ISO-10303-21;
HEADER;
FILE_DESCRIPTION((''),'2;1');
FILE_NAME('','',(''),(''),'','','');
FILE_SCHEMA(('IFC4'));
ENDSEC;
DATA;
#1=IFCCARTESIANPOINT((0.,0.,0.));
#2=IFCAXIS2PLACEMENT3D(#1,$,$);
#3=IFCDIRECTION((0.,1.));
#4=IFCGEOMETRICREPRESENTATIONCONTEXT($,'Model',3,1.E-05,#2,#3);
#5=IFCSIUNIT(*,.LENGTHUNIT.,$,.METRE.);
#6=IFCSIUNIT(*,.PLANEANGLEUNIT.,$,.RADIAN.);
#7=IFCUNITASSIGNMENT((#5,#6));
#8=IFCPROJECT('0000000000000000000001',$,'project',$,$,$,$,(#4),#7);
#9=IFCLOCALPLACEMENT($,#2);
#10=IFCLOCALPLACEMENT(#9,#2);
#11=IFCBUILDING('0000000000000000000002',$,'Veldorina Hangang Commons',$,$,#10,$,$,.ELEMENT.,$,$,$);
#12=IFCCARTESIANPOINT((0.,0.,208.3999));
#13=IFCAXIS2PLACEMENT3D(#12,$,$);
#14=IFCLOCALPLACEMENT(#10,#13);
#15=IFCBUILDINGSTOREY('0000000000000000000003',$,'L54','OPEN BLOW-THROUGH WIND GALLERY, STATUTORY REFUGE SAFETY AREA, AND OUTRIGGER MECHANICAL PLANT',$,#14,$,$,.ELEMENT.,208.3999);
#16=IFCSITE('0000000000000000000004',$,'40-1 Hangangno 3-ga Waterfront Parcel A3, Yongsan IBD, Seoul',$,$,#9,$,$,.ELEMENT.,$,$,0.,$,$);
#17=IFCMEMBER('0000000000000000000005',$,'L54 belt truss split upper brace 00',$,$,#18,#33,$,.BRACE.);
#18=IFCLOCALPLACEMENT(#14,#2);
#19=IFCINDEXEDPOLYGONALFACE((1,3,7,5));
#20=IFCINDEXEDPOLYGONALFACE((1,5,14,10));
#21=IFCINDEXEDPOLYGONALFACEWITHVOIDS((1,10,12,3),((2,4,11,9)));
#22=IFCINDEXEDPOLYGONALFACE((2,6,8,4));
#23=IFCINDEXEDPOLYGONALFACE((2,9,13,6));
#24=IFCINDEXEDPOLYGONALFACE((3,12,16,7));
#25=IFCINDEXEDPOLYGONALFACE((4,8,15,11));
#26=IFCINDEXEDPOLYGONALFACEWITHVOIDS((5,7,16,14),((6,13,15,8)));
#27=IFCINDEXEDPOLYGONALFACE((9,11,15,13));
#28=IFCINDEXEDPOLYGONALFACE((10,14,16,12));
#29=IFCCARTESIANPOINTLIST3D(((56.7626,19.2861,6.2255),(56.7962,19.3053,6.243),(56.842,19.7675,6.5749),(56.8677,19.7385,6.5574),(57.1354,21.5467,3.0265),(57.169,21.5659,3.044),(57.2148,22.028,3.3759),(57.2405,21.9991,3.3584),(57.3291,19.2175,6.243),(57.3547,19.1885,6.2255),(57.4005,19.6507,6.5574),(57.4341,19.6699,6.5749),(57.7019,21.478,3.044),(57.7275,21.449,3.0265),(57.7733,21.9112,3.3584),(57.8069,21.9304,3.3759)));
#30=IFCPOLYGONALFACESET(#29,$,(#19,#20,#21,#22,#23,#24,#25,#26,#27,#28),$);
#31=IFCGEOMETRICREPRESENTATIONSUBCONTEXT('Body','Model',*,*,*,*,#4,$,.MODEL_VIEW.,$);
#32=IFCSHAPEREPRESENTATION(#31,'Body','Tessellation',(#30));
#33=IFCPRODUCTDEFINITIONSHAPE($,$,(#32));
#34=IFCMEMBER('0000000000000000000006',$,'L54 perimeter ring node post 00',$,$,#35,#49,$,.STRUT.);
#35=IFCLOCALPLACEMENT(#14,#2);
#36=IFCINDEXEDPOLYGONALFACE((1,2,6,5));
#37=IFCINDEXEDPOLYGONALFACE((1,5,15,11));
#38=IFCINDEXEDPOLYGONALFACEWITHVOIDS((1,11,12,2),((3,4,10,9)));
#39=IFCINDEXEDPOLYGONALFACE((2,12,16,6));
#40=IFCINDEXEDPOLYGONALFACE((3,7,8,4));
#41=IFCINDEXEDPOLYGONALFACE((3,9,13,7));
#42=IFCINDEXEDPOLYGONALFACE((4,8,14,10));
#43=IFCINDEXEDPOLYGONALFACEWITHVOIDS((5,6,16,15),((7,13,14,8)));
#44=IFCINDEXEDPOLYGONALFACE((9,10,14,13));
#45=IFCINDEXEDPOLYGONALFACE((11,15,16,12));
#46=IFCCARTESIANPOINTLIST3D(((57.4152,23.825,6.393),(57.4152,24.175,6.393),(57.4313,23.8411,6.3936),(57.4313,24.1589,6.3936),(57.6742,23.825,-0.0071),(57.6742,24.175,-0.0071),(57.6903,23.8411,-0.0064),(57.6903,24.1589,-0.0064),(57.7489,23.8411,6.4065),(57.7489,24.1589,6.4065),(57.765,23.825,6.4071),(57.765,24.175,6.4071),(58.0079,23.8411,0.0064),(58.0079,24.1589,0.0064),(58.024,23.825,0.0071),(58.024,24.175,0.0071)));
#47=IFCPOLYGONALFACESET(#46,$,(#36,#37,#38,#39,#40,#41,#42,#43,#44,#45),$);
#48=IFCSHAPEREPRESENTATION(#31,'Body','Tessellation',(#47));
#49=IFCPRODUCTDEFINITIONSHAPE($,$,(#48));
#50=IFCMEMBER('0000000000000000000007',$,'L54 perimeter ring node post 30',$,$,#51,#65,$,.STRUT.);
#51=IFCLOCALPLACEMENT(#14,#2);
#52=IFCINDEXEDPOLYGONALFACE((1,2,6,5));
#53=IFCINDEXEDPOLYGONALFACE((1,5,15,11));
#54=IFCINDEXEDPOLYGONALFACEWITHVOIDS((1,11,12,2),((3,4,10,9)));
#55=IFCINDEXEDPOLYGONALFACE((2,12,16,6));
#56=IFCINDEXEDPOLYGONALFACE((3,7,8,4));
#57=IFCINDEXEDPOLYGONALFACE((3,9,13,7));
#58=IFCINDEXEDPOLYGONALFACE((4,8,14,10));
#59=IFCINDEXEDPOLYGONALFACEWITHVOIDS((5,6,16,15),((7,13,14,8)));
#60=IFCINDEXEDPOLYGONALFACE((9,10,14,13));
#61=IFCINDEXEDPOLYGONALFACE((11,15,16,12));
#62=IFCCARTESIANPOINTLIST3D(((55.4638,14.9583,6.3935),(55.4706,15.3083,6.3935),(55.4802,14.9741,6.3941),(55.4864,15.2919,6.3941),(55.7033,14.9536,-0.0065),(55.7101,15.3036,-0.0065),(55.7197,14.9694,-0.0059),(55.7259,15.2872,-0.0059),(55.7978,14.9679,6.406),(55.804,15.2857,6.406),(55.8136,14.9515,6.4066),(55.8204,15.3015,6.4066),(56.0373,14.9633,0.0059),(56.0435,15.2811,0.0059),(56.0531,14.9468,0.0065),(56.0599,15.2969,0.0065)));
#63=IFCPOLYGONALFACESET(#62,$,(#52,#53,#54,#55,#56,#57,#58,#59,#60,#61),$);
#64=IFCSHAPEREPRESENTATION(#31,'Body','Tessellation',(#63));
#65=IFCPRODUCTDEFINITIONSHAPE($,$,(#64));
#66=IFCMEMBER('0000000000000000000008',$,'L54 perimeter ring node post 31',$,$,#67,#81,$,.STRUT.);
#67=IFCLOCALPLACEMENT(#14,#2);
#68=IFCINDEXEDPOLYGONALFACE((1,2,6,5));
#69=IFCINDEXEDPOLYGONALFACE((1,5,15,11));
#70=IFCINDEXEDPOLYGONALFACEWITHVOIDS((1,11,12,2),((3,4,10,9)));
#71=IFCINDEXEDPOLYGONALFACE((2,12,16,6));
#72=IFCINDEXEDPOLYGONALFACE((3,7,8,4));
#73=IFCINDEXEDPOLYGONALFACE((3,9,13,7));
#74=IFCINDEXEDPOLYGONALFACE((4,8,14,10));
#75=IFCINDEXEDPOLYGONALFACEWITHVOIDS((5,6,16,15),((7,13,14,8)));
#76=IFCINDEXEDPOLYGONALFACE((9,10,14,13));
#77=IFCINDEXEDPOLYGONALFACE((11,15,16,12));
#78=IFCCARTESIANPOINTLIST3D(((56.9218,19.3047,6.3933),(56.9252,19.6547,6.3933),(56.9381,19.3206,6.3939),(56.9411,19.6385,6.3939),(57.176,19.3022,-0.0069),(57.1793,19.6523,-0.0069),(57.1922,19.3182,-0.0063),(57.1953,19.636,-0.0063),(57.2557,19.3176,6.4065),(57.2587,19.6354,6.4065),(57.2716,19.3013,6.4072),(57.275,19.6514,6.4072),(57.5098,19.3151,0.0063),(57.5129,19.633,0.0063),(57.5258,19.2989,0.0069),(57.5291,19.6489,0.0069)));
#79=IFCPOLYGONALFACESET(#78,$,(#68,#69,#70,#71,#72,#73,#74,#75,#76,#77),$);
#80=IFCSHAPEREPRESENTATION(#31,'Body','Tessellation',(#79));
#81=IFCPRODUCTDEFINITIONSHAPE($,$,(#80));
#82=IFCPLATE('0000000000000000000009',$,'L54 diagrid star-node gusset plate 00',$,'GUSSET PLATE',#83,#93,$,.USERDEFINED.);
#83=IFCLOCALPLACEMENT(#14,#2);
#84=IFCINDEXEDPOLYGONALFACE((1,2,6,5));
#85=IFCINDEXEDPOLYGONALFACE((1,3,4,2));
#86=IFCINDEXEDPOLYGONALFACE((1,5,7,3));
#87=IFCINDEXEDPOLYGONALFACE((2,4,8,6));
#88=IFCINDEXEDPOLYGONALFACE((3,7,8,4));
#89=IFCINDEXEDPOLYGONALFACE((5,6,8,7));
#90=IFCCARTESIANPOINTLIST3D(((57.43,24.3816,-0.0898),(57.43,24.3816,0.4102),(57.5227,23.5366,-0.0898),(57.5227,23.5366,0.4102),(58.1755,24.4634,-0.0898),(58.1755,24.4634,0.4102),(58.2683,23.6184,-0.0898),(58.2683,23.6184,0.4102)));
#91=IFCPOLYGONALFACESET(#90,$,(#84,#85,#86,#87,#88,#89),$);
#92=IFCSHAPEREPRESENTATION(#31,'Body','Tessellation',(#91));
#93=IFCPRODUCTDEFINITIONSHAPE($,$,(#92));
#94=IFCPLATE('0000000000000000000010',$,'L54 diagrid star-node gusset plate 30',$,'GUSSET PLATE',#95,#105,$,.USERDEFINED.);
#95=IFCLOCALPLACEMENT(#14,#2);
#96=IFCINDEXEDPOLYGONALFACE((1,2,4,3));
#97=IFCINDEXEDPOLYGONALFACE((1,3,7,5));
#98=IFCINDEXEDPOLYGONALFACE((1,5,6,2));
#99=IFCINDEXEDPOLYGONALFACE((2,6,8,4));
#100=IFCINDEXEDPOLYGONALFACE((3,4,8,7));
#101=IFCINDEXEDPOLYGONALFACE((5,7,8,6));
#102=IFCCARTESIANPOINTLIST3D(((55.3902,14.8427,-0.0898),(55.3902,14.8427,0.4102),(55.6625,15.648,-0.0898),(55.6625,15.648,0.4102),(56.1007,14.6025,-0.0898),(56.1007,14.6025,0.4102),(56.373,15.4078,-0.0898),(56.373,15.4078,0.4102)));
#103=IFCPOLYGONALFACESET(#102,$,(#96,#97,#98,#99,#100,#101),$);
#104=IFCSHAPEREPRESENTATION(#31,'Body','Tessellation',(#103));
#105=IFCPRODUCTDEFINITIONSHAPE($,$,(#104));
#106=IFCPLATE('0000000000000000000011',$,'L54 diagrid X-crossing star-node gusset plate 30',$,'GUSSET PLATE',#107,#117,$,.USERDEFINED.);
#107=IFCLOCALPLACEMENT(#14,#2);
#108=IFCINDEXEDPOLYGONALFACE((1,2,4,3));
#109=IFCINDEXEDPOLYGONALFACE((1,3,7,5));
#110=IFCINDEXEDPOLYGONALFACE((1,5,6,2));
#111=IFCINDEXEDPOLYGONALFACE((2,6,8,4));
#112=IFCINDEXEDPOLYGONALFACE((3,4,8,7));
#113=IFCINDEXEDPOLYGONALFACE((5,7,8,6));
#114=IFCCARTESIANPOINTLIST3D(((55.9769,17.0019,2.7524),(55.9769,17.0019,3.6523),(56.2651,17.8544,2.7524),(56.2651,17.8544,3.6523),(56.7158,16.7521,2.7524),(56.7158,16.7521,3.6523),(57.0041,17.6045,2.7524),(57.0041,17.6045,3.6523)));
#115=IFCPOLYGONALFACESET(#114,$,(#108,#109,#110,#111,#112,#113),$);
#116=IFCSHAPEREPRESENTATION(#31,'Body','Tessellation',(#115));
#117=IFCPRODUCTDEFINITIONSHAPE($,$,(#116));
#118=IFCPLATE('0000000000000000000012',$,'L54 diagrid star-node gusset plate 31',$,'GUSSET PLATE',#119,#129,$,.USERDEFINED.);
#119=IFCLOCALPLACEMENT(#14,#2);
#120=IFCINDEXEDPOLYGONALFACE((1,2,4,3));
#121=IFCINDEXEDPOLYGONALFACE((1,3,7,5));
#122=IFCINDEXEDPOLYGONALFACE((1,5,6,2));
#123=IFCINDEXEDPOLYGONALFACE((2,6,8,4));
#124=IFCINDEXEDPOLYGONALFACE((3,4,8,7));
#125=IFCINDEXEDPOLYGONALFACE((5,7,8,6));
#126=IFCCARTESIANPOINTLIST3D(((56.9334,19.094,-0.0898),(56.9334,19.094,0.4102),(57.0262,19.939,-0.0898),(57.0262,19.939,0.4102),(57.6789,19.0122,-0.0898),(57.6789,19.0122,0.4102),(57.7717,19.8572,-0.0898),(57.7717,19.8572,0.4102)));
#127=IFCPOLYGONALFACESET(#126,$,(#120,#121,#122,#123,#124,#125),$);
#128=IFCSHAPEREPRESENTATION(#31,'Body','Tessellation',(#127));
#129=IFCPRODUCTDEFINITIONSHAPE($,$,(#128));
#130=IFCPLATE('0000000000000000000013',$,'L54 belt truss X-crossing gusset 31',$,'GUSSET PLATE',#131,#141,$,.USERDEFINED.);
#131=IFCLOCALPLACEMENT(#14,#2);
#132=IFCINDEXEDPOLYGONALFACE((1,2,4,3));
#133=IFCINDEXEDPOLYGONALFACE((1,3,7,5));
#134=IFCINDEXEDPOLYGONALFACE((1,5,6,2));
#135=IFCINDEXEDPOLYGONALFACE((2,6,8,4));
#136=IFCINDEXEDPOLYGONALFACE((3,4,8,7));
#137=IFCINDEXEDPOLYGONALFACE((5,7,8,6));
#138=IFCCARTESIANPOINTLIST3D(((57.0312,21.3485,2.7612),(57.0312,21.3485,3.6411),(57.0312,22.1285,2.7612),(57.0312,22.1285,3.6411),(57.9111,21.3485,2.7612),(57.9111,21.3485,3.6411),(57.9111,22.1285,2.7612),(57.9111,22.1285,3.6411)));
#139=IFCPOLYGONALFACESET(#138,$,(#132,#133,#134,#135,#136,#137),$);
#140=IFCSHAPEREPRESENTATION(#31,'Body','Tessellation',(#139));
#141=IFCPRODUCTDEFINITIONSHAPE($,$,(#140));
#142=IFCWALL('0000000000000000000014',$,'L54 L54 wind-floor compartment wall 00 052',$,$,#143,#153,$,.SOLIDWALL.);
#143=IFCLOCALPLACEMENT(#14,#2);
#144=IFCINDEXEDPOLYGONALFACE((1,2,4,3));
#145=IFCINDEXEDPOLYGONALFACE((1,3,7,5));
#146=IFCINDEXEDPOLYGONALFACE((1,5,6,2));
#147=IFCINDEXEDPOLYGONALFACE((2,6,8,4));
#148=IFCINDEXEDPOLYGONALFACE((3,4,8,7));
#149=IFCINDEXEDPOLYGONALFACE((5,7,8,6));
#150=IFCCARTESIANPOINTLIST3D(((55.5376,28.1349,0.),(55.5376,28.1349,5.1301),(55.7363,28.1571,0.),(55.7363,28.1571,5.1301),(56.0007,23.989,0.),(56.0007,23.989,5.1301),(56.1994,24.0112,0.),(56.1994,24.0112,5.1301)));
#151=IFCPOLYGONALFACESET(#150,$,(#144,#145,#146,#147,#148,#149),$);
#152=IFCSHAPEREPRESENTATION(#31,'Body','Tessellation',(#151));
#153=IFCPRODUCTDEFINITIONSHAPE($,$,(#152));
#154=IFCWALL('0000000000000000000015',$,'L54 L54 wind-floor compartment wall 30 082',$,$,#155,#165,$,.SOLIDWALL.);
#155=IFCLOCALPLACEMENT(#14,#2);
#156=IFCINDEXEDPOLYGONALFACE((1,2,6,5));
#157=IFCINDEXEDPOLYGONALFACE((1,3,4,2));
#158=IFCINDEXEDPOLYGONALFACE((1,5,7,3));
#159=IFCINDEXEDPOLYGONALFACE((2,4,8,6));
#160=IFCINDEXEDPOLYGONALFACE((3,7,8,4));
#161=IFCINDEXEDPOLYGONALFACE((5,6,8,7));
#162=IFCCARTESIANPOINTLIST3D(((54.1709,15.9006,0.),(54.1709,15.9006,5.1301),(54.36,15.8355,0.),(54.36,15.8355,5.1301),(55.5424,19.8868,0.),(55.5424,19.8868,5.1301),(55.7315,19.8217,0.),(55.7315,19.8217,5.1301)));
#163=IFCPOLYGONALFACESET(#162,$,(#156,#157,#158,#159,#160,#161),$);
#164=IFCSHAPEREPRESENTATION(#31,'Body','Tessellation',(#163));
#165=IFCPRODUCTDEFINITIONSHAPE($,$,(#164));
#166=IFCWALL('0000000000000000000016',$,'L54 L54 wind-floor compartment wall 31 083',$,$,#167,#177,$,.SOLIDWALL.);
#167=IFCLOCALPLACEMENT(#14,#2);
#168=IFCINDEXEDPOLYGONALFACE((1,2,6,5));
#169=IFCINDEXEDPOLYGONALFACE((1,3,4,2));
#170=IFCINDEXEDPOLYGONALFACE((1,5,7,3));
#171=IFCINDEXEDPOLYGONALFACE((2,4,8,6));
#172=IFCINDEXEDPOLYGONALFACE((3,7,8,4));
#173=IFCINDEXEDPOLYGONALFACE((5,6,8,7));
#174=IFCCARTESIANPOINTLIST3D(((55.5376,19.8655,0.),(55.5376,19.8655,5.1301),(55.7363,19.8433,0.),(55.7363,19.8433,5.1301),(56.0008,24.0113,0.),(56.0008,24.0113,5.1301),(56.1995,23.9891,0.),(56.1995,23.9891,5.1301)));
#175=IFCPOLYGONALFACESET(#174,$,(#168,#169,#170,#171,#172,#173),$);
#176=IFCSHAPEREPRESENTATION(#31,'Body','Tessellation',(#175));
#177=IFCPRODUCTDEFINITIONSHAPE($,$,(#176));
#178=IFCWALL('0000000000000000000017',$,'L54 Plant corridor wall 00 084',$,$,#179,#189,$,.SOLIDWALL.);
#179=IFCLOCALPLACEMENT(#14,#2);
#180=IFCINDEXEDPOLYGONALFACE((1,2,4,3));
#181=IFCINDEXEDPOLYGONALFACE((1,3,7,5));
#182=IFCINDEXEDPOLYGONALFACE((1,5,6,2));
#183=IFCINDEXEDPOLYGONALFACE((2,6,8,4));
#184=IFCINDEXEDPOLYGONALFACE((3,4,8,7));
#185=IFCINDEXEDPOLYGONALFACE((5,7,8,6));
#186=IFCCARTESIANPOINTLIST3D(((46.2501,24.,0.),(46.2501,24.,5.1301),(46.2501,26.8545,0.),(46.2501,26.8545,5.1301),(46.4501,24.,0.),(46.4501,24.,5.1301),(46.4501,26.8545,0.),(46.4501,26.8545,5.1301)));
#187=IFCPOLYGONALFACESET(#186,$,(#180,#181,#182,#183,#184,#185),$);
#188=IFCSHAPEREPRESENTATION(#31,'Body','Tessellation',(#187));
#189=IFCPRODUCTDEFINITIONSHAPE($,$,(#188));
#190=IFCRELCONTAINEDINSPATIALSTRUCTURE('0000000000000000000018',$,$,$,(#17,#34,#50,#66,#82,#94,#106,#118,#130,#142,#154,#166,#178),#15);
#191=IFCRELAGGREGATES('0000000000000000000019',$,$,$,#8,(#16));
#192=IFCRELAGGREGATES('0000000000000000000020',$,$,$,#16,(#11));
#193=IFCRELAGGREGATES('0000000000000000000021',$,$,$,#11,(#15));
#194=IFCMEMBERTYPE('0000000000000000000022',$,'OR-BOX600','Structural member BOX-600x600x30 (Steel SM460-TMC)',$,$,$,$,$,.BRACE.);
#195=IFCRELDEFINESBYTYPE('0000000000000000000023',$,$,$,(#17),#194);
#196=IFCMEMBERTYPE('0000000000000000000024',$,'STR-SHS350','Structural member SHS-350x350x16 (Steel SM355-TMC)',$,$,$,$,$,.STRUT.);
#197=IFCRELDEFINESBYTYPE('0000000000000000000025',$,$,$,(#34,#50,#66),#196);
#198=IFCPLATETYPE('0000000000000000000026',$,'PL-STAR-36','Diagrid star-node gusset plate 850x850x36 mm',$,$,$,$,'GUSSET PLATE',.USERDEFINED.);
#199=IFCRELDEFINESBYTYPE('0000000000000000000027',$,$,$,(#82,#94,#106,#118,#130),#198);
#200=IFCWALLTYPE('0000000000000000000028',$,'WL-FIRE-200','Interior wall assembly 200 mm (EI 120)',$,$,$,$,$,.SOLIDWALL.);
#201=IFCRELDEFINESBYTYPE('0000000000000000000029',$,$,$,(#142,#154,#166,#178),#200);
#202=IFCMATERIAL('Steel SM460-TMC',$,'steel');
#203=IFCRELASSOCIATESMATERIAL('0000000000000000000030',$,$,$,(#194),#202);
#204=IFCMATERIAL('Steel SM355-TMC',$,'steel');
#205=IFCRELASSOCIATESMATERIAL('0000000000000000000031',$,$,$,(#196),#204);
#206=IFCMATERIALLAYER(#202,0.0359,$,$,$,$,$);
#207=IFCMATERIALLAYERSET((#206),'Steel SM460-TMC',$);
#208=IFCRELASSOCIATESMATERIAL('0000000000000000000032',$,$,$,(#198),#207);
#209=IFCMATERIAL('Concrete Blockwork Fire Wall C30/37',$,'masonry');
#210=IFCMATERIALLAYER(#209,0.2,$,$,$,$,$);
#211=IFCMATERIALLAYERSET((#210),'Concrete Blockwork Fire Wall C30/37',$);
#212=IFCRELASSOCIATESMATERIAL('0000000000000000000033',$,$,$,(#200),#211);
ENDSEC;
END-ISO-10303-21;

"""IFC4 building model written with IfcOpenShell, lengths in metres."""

from ifc_helpers import new_model, si_unit, direction, frame, frame_2d, origin, origin_2d, place, context, subcontext, project, spatial, rectangle, hollow_rectangle, extrude, material, layer, layer_set, material_profile, profile_set, type_object, element, save


model = new_model("IFC4")

# Units and contexts
model_context = context("Model", 3, precision=1e-05, world=origin(), true_north=direction((0.0, 1.0)))
body_context = subcontext(model_context, "Body", "Model", "MODEL_VIEW")
ifc_project = project(units=[si_unit("LENGTHUNIT", "METRE"), si_unit("PLANEANGLEUNIT", "RADIAN")], contexts=[model_context])

# Site, building, storey
site_placement = place(None, origin())
site = spatial("IfcSite", under=ifc_project, at=site_placement, Name="40-1 Hangangno 3-ga Waterfront Parcel A3, Yongsan IBD, Seoul", CompositionType="ELEMENT", RefElevation=0.0)
building_placement = place(site_placement, origin())
building = spatial("IfcBuilding", under=site, at=building_placement, Name="Veldorina Hangang Commons", CompositionType="ELEMENT")
storey_placement = place(building_placement, frame((0.0, 0.0, 208.3999)))
storey = spatial("IfcBuildingStorey", under=building, at=storey_placement, Name="L54", Description="OPEN BLOW-THROUGH WIND GALLERY, STATUTORY REFUGE SAFETY AREA, AND OUTRIGGER MECHANICAL PLANT", CompositionType="ELEMENT", Elevation=208.3999)

# Shared definitions
ifc_material_1 = material(Name="Steel SM460-TMC", Category="steel")
ifc_material_2 = material(Name="Steel SM355-TMC", Category="steel")

# Members
ifc_material_profile_1 = material_profile(ifc_material_1, hollow_rectangle(XDim=0.6001, YDim=0.6001, WallThickness=0.03, at=origin_2d()), Name="BOX-600x600x30")
ifc_profile_set_1 = profile_set([ifc_material_profile_1], Name="Steel SM460-TMC")
member_type_1 = type_object("IfcMemberType", Name="OR-BOX600", Description="Structural member BOX-600x600x30 (Steel SM460-TMC)", PredefinedType="BRACE", material=ifc_profile_set_1)
member_1_placement = place(storey_placement, frame((57.4712, 21.7385, 3.2012), z_axis=(-0.094746, -0.574496, 0.813005), x_axis=(0.986672, -0.162723, 0.0)))
element("IfcMember", 1, at=member_1_placement, inside=storey, type_object=member_type_1, Name="L54 belt truss split upper brace 00", PredefinedType="BRACE", context=body_context, shape_type="SweptSolid", body=[
    extrude(hollow_rectangle(XDim=0.6001, YDim=0.6001, WallThickness=0.03, at=origin_2d()), origin(), (0.0, 0.0, 1.0), 3.9348),
])
ifc_material_profile_2 = material_profile(ifc_material_2, hollow_rectangle(XDim=0.3501, YDim=0.3501, WallThickness=0.0161, at=origin_2d()), Name="SHS-350x350x16")
ifc_profile_set_2 = profile_set([ifc_material_profile_2], Name="Steel SM355-TMC")
member_type_2 = type_object("IfcMemberType", Name="STR-SHS350", Description="Structural member SHS-350x350x16 (Steel SM355-TMC)", PredefinedType="STRUT", material=ifc_profile_set_2)
member_2_placement = place(storey_placement, frame((57.8491, 24.0, 0.0), z_axis=(-0.04044, 0.0, 0.999182), x_axis=(0.0, -1.0, 0.0)))
element("IfcMember", 2, at=member_2_placement, inside=storey, type_object=member_type_2, Name="L54 perimeter ring node post 00", PredefinedType="STRUT", context=body_context, shape_type="SweptSolid", body=[
    extrude(hollow_rectangle(XDim=0.3501, YDim=0.3501, WallThickness=0.0161, at=origin_2d()), origin(), (0.0, 0.0, 1.0), 6.4053),
])
member_3_placement = place(storey_placement, frame((55.8816, 15.1252, 0.0), z_axis=(-0.037395, 0.000724, 0.9993), x_axis=(-0.019364, -0.999812, 0.0)))
element("IfcMember", 3, at=member_3_placement, inside=storey, type_object=member_type_2, Name="L54 perimeter ring node post 30", PredefinedType="STRUT", context=body_context, shape_type="SweptSolid", body=[
    extrude(hollow_rectangle(XDim=0.3501, YDim=0.3501, WallThickness=0.0161, at=origin_2d()), origin(), (0.0, 0.0, 1.0), 6.4045),
])
member_4_placement = place(storey_placement, frame((57.3525, 19.4756, 0.0), z_axis=(-0.039679, 0.000381, 0.999212), x_axis=(-0.009606, -0.999954, 0.0)))
element("IfcMember", 4, at=member_4_placement, inside=storey, type_object=member_type_2, Name="L54 perimeter ring node post 31", PredefinedType="STRUT", context=body_context, shape_type="SweptSolid", body=[
    extrude(hollow_rectangle(XDim=0.3501, YDim=0.3501, WallThickness=0.0161, at=origin_2d()), origin(), (0.0, 0.0, 1.0), 6.4053),
])

# Plates
ifc_layer_1 = layer(ifc_material_1, 0.0359)
ifc_layer_set_1 = layer_set([ifc_layer_1], Name="Steel SM460-TMC")
plate_type = type_object("IfcPlateType", Name="PL-STAR-36", Description="Diagrid star-node gusset plate 850x850x36 mm", ElementType="GUSSET PLATE", PredefinedType="USERDEFINED", material=ifc_layer_set_1)
for number, where, z_axis, x_axis, name in (
    (5, (57.8491, 24.0, -0.0898), (0.0, 0.0, 1.0), (-0.109127, 0.994028, 0.0), "L54 diagrid star-node gusset plate 00"),
    (6, (55.8816, 15.1252, -0.0898), (0.0, 0.0, 1.0), (0.320315, 0.947311, 0.0), "L54 diagrid star-node gusset plate 30"),
):
    element("IfcPlate", number, at=place(storey_placement, frame(where, z_axis=z_axis, x_axis=x_axis)), inside=storey, type_object=plate_type, Name=name, ObjectType="GUSSET PLATE", PredefinedType="USERDEFINED", context=body_context, shape_type="SweptSolid", body=[
        extrude(rectangle(XDim=0.8501, YDim=0.75, at=origin_2d()), origin(), (0.0, 0.0, 1.0), 0.5),
    ])
plate_1_placement = place(storey_placement, frame((56.4905, 17.3032, 2.7524), z_axis=(0.0, 0.0, 1.0), x_axis=(0.320315, 0.947311, 0.0)))
element("IfcPlate", 7, at=plate_1_placement, inside=storey, type_object=plate_type, Name="L54 diagrid X-crossing star-node gusset plate 30", ObjectType="GUSSET PLATE", PredefinedType="USERDEFINED", context=body_context, shape_type="SweptSolid", body=[
    extrude(rectangle(XDim=0.8999, YDim=0.78, at=origin_2d()), origin(), (0.0, 0.0, 1.0), 0.8999),
])
plate_2_placement = place(storey_placement, frame((57.3525, 19.4756, -0.0898), z_axis=(0.0, 0.0, 1.0), x_axis=(0.109127, 0.994028, 0.0)))
element("IfcPlate", 8, at=plate_2_placement, inside=storey, type_object=plate_type, Name="L54 diagrid star-node gusset plate 31", ObjectType="GUSSET PLATE", PredefinedType="USERDEFINED", context=body_context, shape_type="SweptSolid", body=[
    extrude(rectangle(XDim=0.8501, YDim=0.75, at=origin_2d()), origin(), (0.0, 0.0, 1.0), 0.5),
])
plate_3_placement = place(storey_placement, frame((57.4712, 21.7385, 2.7612), z_axis=(0.0, 0.0, 1.0), x_axis=(1.0, 0.0, 0.0)))
element("IfcPlate", 9, at=plate_3_placement, inside=storey, type_object=plate_type, Name="L54 belt truss X-crossing gusset 31", ObjectType="GUSSET PLATE", PredefinedType="USERDEFINED", context=body_context, shape_type="SweptSolid", body=[
    extrude(rectangle(XDim=0.8799, YDim=0.78, at=origin_2d()), origin(), (0.0, 0.0, 1.0), 0.8799),
])

# Walls
ifc_material_3 = material(Name="Concrete Blockwork Fire Wall C30/37", Category="masonry")
ifc_layer_2 = layer(ifc_material_3, 0.2)
ifc_layer_set_2 = layer_set([ifc_layer_2], Name="Concrete Blockwork Fire Wall C30/37")
wall_type = type_object("IfcWallType", Name="WL-FIRE-200", Description="Interior wall assembly 200 mm (EI 120)", PredefinedType="SOLIDWALL", material=ifc_layer_set_2)
wall_1_placement = place(storey_placement, frame((56.1001, 24.0, 0.0), z_axis=(0.0, 0.0, 1.0), x_axis=(-0.111022, 0.993818, 0.0)))
element("IfcWall", 10, at=wall_1_placement, inside=storey, type_object=wall_type, Name="L54 L54 wind-floor compartment wall 00 052", PredefinedType="SOLIDWALL", context=body_context, shape_type="SweptSolid", body=[
    extrude(rectangle(XDim=4.1716, YDim=0.2, at=frame_2d((2.0859, 0.0))), origin(), (0.0, 0.0, 1.0), 5.1301),
])
wall_2_placement = place(storey_placement, frame((54.2654, 15.8679, 0.0), z_axis=(0.0, 0.0, 1.0), x_axis=(0.325352, 0.945593, 0.0)))
element("IfcWall", 11, at=wall_2_placement, inside=storey, type_object=wall_type, Name="L54 L54 wind-floor compartment wall 30 082", PredefinedType="SOLIDWALL", context=body_context, shape_type="SweptSolid", body=[
    extrude(rectangle(XDim=4.2156, YDim=0.2, at=frame_2d((2.1079, 0.0))), origin(), (0.0, 0.0, 1.0), 5.1301),
])
wall_3_placement = place(storey_placement, frame((55.637, 19.8542, 0.0), z_axis=(0.0, 0.0, 1.0), x_axis=(0.111022, 0.993818, 0.0)))
element("IfcWall", 12, at=wall_3_placement, inside=storey, type_object=wall_type, Name="L54 L54 wind-floor compartment wall 31 083", PredefinedType="SOLIDWALL", context=body_context, shape_type="SweptSolid", body=[
    extrude(rectangle(XDim=4.1716, YDim=0.2, at=frame_2d((2.0859, 0.0))), origin(), (0.0, 0.0, 1.0), 5.1301),
])
wall_4_placement = place(storey_placement, frame((46.3501, 24.0, 0.0), z_axis=(0.0, 0.0, 1.0), x_axis=(0.0, 1.0, 0.0)))
element("IfcWall", 13, at=wall_4_placement, inside=storey, type_object=wall_type, Name="L54 Plant corridor wall 00 084", PredefinedType="SOLIDWALL", context=body_context, shape_type="SweptSolid", body=[
    extrude(rectangle(XDim=2.8545, YDim=0.2, at=frame_2d((1.4272, 0.0))), origin(), (0.0, 0.0, 1.0), 5.1301),
])

save(model, "model.ifc")
